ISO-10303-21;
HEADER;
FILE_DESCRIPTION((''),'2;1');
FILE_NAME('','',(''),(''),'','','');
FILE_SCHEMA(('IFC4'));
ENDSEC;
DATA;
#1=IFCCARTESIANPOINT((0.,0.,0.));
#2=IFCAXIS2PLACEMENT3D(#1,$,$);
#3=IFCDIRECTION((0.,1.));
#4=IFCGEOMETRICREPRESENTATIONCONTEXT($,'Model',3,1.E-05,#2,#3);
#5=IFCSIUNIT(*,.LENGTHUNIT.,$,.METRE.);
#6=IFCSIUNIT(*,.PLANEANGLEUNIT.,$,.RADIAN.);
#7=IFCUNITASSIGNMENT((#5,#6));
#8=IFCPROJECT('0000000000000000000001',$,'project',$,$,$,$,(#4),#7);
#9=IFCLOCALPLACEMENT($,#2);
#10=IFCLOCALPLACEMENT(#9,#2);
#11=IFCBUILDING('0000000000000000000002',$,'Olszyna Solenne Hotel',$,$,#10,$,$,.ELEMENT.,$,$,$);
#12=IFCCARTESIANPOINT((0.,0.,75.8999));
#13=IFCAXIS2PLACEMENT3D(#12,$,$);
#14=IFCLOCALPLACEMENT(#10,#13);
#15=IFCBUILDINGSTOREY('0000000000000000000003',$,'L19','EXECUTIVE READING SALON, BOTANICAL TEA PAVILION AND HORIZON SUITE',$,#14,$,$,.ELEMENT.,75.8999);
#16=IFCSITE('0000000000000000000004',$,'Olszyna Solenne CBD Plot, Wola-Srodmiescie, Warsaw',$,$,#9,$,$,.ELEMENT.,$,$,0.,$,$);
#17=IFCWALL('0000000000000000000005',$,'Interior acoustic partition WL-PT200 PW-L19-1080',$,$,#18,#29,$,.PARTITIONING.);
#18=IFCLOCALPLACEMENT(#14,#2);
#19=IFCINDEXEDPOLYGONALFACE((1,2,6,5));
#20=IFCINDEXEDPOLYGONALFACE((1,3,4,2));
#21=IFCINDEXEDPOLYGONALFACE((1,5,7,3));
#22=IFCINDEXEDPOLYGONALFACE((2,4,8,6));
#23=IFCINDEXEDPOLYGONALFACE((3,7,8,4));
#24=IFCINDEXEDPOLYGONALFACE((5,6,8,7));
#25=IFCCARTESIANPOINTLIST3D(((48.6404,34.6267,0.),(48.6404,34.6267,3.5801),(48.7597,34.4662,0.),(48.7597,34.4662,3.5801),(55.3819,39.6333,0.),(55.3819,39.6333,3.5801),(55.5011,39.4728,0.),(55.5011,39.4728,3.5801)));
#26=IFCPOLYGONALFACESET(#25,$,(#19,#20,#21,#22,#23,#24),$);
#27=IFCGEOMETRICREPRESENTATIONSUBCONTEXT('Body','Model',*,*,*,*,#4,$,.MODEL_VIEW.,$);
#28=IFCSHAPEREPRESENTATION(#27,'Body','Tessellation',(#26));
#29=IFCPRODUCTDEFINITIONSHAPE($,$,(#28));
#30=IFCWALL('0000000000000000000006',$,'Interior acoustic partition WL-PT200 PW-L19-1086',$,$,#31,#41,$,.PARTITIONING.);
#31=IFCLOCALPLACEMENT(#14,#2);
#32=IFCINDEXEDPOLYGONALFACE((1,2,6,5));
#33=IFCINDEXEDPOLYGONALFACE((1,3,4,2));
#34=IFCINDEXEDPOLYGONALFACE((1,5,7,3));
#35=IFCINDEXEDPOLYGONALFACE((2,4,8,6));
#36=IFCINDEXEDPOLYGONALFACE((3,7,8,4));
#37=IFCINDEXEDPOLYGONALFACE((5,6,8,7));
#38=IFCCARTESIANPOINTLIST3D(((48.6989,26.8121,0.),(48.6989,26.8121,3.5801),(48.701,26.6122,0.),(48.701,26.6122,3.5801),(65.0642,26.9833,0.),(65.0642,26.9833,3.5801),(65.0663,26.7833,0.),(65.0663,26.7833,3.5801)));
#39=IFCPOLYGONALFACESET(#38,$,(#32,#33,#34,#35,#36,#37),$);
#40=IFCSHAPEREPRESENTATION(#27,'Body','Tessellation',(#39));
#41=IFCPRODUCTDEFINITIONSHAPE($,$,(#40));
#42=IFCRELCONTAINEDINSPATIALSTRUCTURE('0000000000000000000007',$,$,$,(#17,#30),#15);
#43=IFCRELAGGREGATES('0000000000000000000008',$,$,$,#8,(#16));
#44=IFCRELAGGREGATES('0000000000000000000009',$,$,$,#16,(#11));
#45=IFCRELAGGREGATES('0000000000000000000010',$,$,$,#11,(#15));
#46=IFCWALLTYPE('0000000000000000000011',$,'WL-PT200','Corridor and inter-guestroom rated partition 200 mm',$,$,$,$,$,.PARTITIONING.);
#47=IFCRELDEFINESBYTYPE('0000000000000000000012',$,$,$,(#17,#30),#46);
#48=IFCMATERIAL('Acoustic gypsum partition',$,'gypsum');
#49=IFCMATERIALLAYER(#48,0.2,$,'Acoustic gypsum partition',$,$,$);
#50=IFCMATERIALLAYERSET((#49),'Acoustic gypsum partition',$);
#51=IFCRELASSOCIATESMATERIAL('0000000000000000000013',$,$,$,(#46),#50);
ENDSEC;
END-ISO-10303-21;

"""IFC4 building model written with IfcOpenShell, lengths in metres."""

from ifc_helpers import new_model, si_unit, direction, frame, frame_2d, origin, place, context, subcontext, project, spatial, rectangle, extrude, material, layer, layer_set, type_object, element, save


model = new_model("IFC4")

# Units and contexts
model_context = context("Model", 3, precision=1e-05, world=origin(), true_north=direction((0.0, 1.0)))
body_context = subcontext(model_context, "Body", "Model", "MODEL_VIEW")
ifc_project = project(units=[si_unit("LENGTHUNIT", "METRE"), si_unit("PLANEANGLEUNIT", "RADIAN")], contexts=[model_context])

# Site, building, storey
site_placement = place(None, origin())
site = spatial("IfcSite", under=ifc_project, at=site_placement, Name="Olszyna Solenne CBD Plot, Wola-Srodmiescie, Warsaw", CompositionType="ELEMENT", RefElevation=0.0)
building_placement = place(site_placement, origin())
building = spatial("IfcBuilding", under=site, at=building_placement, Name="Olszyna Solenne Hotel", CompositionType="ELEMENT")
storey_placement = place(building_placement, frame((0.0, 0.0, 75.8999)))
storey = spatial("IfcBuildingStorey", under=building, at=storey_placement, Name="L19", Description="EXECUTIVE READING SALON, BOTANICAL TEA PAVILION AND HORIZON SUITE", CompositionType="ELEMENT", Elevation=75.8999)

# Shared definitions
ifc_material_1 = material(Name="Acoustic gypsum partition", Category="gypsum")

# Walls
ifc_layer_1 = layer(ifc_material_1, 0.2, Name="Acoustic gypsum partition")
ifc_layer_set_1 = layer_set([ifc_layer_1], Name="Acoustic gypsum partition")
wall_type_1 = type_object("IfcWallType", Name="WL-PT200", Description="Corridor and inter-guestroom rated partition 200 mm", PredefinedType="PARTITIONING", material=ifc_layer_set_1)
wall_1_placement = place(storey_placement, frame((48.7, 34.5464, 0.0), z_axis=(0.0, 0.0, 1.0), x_axis=(0.802821, 0.596221, 0.0)))
element("IfcWall", 1, at=wall_1_placement, inside=storey, type_object=wall_type_1, Name="Interior acoustic partition WL-PT200 PW-L19-1080", PredefinedType="PARTITIONING", context=body_context, shape_type="SweptSolid", body=[
    extrude(rectangle(XDim=8.3972, YDim=0.2, at=frame_2d((4.1987, 0.0))), origin(), (0.0, 0.0, 1.0), 3.5801),
])
wall_2_placement = place(storey_placement, frame((48.7, 26.7122, 0.0), z_axis=(0.0, 0.0, 1.0), x_axis=(0.999945, 0.010457, 0.0)))
element("IfcWall", 2, at=wall_2_placement, inside=storey, type_object=wall_type_1, Name="Interior acoustic partition WL-PT200 PW-L19-1086", PredefinedType="PARTITIONING", context=body_context, shape_type="SweptSolid", body=[
    extrude(rectangle(XDim=16.3662, YDim=0.2, at=frame_2d((8.1831, 0.0))), origin(), (0.0, 0.0, 1.0), 3.5801),
])

save(model, "model.ifc")
